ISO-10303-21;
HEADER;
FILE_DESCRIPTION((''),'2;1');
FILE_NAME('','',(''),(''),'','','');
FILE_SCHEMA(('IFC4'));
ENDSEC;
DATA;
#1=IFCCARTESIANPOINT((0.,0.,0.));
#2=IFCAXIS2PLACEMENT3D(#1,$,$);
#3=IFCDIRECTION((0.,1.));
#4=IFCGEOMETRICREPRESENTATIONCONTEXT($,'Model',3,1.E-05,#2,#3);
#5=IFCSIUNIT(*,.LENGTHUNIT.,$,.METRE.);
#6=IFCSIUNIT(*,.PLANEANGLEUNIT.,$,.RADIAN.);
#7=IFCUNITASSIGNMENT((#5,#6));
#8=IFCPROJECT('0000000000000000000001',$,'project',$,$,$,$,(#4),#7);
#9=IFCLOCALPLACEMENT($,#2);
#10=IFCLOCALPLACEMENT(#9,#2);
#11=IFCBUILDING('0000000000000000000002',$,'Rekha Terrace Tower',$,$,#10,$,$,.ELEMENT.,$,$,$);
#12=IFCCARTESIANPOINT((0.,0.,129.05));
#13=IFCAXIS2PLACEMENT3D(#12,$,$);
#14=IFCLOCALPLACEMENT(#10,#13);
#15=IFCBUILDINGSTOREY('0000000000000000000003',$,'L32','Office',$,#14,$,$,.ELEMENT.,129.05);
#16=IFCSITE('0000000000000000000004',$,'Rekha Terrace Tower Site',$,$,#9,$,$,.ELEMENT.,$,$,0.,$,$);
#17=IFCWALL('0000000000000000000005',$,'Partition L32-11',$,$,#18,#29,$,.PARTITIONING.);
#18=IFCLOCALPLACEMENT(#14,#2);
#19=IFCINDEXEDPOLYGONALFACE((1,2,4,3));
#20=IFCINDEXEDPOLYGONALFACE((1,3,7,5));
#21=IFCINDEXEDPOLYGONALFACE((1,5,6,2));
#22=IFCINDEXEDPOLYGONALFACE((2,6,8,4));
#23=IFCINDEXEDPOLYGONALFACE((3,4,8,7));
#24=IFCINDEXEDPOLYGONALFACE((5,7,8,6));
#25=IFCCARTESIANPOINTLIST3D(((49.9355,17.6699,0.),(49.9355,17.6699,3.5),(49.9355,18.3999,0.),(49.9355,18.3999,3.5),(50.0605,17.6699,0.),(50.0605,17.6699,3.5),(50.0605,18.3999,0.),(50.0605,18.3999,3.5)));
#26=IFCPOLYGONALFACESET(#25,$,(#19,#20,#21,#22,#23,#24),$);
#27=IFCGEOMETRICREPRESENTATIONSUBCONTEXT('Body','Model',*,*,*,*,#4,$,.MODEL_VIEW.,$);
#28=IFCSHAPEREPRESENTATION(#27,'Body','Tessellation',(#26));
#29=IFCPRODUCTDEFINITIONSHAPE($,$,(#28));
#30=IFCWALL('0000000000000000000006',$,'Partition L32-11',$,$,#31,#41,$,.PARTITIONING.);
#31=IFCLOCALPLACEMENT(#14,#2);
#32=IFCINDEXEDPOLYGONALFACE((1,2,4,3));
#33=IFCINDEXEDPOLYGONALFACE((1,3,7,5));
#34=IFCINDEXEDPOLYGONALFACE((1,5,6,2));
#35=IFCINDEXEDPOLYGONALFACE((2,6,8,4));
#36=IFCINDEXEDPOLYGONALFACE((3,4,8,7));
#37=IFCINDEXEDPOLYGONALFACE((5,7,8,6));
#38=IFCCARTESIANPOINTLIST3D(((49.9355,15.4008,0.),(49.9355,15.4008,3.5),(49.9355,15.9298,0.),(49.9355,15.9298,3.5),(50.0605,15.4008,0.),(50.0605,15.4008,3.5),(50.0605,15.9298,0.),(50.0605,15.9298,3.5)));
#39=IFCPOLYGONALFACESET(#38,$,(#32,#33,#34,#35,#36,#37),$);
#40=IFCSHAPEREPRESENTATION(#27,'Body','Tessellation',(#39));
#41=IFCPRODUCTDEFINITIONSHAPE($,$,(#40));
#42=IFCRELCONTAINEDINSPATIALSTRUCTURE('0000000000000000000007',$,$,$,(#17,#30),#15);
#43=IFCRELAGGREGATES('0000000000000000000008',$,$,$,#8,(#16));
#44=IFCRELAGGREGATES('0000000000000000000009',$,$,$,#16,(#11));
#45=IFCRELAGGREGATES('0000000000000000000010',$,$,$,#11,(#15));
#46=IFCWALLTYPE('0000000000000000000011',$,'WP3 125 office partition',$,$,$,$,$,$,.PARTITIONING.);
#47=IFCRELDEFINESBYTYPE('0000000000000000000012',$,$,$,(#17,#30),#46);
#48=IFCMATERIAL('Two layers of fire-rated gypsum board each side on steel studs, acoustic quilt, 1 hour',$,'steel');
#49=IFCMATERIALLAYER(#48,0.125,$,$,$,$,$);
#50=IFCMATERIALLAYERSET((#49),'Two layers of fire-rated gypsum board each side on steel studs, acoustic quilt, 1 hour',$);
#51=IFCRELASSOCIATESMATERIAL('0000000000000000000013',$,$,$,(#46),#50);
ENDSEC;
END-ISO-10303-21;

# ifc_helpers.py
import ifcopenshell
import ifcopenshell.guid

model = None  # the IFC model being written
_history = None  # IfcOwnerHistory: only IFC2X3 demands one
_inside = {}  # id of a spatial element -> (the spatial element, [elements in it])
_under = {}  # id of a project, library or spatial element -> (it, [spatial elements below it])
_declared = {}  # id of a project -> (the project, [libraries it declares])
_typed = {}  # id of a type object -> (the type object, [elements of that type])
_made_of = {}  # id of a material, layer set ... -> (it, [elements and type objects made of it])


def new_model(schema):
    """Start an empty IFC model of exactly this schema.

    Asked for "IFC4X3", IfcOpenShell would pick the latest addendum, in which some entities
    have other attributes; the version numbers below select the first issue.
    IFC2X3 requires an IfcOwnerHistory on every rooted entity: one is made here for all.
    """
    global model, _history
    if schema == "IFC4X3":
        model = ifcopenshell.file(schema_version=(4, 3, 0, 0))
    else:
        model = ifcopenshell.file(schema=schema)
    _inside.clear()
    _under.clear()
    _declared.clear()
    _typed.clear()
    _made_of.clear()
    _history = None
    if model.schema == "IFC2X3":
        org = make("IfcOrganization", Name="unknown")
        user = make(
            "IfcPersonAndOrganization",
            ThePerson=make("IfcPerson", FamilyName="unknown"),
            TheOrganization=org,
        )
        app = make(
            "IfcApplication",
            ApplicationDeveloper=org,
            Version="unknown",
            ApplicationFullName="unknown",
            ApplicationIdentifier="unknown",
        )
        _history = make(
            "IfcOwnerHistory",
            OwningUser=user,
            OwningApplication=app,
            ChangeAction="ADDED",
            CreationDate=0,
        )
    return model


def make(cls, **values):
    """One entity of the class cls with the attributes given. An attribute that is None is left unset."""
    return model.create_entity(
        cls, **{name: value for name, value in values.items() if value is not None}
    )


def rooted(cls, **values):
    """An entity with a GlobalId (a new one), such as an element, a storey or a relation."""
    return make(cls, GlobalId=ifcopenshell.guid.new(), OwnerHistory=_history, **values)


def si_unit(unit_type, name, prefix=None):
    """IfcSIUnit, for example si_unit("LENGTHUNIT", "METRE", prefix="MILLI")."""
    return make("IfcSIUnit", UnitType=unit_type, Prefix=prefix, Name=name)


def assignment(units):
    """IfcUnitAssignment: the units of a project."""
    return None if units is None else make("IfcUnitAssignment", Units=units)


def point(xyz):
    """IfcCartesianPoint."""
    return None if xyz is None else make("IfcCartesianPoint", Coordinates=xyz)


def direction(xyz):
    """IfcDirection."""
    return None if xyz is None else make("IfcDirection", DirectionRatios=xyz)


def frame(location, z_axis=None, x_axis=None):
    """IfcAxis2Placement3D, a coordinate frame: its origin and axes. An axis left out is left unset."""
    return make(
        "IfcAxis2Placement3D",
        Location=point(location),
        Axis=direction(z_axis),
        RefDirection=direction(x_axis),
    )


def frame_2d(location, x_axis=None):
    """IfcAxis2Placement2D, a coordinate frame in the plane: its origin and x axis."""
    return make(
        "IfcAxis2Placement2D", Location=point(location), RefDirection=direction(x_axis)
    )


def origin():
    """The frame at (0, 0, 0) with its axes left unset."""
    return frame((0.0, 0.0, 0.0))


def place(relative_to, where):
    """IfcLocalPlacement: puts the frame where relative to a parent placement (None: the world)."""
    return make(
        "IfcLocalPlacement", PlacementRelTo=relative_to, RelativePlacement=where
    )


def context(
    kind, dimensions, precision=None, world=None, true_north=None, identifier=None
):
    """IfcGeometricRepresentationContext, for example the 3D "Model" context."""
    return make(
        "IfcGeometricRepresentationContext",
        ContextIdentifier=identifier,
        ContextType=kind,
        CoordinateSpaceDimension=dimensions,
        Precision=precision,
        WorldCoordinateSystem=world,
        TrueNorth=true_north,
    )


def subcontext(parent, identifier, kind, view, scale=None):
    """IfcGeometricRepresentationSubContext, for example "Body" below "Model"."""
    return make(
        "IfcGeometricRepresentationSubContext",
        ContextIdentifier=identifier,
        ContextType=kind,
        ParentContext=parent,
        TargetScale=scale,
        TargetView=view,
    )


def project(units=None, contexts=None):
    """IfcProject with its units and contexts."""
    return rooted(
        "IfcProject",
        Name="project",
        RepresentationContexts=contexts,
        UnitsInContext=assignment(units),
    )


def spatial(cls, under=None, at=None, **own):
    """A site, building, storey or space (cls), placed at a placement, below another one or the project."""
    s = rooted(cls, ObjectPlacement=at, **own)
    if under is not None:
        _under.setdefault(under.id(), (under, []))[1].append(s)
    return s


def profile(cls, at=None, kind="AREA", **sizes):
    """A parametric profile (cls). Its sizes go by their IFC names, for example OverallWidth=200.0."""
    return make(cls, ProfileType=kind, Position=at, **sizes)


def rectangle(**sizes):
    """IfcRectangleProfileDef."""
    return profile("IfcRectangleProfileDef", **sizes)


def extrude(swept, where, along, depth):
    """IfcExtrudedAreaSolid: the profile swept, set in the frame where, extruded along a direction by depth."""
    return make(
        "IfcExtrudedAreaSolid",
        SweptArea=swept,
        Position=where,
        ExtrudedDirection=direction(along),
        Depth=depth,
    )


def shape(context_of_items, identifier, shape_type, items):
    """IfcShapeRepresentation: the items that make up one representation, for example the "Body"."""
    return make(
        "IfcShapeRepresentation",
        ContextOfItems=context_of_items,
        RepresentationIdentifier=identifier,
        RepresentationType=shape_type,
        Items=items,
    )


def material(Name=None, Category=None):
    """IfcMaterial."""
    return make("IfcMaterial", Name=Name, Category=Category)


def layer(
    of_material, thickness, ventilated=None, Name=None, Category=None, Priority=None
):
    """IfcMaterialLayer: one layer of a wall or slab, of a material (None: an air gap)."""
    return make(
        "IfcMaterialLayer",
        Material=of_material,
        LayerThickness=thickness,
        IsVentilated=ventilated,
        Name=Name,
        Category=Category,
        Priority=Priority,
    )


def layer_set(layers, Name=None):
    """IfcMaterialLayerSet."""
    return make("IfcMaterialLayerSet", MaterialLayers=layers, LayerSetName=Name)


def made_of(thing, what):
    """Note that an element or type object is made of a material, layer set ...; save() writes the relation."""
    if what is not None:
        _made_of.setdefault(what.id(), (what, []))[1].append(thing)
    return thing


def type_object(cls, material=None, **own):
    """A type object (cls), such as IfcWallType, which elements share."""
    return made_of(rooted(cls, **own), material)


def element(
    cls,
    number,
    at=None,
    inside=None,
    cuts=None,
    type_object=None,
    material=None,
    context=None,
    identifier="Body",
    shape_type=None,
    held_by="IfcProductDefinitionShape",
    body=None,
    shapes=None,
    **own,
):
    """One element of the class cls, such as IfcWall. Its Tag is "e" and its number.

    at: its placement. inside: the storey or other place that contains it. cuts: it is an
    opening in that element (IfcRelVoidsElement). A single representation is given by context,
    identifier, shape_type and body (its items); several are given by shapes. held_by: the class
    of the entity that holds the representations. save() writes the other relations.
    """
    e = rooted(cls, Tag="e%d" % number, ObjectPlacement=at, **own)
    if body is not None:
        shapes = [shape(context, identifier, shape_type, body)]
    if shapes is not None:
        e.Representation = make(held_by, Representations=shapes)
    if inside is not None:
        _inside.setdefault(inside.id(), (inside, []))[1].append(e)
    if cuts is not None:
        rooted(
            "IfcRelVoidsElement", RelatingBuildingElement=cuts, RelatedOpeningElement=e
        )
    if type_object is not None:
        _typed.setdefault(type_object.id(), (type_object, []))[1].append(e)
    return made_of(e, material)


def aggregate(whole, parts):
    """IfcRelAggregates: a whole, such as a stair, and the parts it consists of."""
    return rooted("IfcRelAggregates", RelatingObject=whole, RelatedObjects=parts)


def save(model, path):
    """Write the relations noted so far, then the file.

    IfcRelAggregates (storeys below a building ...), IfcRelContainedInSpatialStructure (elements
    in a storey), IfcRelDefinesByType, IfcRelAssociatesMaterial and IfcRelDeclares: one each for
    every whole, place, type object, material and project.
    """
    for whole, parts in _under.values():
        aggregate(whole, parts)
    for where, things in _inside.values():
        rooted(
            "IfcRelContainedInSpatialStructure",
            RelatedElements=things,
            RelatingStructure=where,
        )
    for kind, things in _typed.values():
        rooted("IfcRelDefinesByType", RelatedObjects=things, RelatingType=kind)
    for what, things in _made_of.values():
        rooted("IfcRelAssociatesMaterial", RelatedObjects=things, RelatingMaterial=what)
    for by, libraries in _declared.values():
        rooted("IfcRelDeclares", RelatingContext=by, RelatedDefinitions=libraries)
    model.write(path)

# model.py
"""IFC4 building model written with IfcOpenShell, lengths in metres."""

from ifc_helpers import new_model, si_unit, direction, frame, frame_2d, origin, place, context, subcontext, project, spatial, rectangle, extrude, material, layer, layer_set, type_object, element, save


model = new_model("IFC4")

# Units and contexts
model_context = context("Model", 3, precision=1e-05, world=origin(), true_north=direction((0.0, 1.0)))
body_context = subcontext(model_context, "Body", "Model", "MODEL_VIEW")
ifc_project = project(units=[si_unit("LENGTHUNIT", "METRE"), si_unit("PLANEANGLEUNIT", "RADIAN")], contexts=[model_context])

# Site, building, storey
site_placement = place(None, origin())
site = spatial("IfcSite", under=ifc_project, at=site_placement, Name="Rekha Terrace Tower Site", CompositionType="ELEMENT", RefElevation=0.0)
building_placement = place(site_placement, origin())
building = spatial("IfcBuilding", under=site, at=building_placement, Name="Rekha Terrace Tower", CompositionType="ELEMENT")
storey_placement = place(building_placement, frame((0.0, 0.0, 129.05)))
storey = spatial("IfcBuildingStorey", under=building, at=storey_placement, Name="L32", Description="Office", CompositionType="ELEMENT", Elevation=129.05)

# Walls
ifc_material_1 = material(Name="Two layers of fire-rated gypsum board each side on steel studs, acoustic quilt, 1 hour", Category="steel")
ifc_layer_1 = layer(ifc_material_1, 0.125)
ifc_layer_set_1 = layer_set([ifc_layer_1], Name="Two layers of fire-rated gypsum board each side on steel studs, acoustic quilt, 1 hour")
wall_type = type_object("IfcWallType", Name="WP3 125 office partition", PredefinedType="PARTITIONING", material=ifc_layer_set_1)
wall_1_placement = place(storey_placement, frame((49.998, 18.3999, 0.0), z_axis=(0.0, 0.0, 1.0), x_axis=(0.0, -1.0, 0.0)))
element("IfcWall", 1, at=wall_1_placement, inside=storey, type_object=wall_type, Name="Partition L32-11", PredefinedType="PARTITIONING", context=body_context, shape_type="SweptSolid", body=[
    extrude(rectangle(XDim=0.73, YDim=0.125, at=frame_2d((0.365, 0.0))), origin(), (0.0, 0.0, 1.0), 3.5),
])
wall_2_placement = place(storey_placement, frame((49.998, 15.9299, 0.0), z_axis=(0.0, 0.0, 1.0), x_axis=(0.0, -1.0, 0.0)))
element("IfcWall", 2, at=wall_2_placement, inside=storey, type_object=wall_type, Name="Partition L32-11", PredefinedType="PARTITIONING", context=body_context, shape_type="SweptSolid", body=[
    extrude(rectangle(XDim=0.5291, YDim=0.125, at=frame_2d((0.2646, 0.0))), origin(), (0.0, 0.0, 1.0), 3.5),
])

save(model, "model.ifc")
